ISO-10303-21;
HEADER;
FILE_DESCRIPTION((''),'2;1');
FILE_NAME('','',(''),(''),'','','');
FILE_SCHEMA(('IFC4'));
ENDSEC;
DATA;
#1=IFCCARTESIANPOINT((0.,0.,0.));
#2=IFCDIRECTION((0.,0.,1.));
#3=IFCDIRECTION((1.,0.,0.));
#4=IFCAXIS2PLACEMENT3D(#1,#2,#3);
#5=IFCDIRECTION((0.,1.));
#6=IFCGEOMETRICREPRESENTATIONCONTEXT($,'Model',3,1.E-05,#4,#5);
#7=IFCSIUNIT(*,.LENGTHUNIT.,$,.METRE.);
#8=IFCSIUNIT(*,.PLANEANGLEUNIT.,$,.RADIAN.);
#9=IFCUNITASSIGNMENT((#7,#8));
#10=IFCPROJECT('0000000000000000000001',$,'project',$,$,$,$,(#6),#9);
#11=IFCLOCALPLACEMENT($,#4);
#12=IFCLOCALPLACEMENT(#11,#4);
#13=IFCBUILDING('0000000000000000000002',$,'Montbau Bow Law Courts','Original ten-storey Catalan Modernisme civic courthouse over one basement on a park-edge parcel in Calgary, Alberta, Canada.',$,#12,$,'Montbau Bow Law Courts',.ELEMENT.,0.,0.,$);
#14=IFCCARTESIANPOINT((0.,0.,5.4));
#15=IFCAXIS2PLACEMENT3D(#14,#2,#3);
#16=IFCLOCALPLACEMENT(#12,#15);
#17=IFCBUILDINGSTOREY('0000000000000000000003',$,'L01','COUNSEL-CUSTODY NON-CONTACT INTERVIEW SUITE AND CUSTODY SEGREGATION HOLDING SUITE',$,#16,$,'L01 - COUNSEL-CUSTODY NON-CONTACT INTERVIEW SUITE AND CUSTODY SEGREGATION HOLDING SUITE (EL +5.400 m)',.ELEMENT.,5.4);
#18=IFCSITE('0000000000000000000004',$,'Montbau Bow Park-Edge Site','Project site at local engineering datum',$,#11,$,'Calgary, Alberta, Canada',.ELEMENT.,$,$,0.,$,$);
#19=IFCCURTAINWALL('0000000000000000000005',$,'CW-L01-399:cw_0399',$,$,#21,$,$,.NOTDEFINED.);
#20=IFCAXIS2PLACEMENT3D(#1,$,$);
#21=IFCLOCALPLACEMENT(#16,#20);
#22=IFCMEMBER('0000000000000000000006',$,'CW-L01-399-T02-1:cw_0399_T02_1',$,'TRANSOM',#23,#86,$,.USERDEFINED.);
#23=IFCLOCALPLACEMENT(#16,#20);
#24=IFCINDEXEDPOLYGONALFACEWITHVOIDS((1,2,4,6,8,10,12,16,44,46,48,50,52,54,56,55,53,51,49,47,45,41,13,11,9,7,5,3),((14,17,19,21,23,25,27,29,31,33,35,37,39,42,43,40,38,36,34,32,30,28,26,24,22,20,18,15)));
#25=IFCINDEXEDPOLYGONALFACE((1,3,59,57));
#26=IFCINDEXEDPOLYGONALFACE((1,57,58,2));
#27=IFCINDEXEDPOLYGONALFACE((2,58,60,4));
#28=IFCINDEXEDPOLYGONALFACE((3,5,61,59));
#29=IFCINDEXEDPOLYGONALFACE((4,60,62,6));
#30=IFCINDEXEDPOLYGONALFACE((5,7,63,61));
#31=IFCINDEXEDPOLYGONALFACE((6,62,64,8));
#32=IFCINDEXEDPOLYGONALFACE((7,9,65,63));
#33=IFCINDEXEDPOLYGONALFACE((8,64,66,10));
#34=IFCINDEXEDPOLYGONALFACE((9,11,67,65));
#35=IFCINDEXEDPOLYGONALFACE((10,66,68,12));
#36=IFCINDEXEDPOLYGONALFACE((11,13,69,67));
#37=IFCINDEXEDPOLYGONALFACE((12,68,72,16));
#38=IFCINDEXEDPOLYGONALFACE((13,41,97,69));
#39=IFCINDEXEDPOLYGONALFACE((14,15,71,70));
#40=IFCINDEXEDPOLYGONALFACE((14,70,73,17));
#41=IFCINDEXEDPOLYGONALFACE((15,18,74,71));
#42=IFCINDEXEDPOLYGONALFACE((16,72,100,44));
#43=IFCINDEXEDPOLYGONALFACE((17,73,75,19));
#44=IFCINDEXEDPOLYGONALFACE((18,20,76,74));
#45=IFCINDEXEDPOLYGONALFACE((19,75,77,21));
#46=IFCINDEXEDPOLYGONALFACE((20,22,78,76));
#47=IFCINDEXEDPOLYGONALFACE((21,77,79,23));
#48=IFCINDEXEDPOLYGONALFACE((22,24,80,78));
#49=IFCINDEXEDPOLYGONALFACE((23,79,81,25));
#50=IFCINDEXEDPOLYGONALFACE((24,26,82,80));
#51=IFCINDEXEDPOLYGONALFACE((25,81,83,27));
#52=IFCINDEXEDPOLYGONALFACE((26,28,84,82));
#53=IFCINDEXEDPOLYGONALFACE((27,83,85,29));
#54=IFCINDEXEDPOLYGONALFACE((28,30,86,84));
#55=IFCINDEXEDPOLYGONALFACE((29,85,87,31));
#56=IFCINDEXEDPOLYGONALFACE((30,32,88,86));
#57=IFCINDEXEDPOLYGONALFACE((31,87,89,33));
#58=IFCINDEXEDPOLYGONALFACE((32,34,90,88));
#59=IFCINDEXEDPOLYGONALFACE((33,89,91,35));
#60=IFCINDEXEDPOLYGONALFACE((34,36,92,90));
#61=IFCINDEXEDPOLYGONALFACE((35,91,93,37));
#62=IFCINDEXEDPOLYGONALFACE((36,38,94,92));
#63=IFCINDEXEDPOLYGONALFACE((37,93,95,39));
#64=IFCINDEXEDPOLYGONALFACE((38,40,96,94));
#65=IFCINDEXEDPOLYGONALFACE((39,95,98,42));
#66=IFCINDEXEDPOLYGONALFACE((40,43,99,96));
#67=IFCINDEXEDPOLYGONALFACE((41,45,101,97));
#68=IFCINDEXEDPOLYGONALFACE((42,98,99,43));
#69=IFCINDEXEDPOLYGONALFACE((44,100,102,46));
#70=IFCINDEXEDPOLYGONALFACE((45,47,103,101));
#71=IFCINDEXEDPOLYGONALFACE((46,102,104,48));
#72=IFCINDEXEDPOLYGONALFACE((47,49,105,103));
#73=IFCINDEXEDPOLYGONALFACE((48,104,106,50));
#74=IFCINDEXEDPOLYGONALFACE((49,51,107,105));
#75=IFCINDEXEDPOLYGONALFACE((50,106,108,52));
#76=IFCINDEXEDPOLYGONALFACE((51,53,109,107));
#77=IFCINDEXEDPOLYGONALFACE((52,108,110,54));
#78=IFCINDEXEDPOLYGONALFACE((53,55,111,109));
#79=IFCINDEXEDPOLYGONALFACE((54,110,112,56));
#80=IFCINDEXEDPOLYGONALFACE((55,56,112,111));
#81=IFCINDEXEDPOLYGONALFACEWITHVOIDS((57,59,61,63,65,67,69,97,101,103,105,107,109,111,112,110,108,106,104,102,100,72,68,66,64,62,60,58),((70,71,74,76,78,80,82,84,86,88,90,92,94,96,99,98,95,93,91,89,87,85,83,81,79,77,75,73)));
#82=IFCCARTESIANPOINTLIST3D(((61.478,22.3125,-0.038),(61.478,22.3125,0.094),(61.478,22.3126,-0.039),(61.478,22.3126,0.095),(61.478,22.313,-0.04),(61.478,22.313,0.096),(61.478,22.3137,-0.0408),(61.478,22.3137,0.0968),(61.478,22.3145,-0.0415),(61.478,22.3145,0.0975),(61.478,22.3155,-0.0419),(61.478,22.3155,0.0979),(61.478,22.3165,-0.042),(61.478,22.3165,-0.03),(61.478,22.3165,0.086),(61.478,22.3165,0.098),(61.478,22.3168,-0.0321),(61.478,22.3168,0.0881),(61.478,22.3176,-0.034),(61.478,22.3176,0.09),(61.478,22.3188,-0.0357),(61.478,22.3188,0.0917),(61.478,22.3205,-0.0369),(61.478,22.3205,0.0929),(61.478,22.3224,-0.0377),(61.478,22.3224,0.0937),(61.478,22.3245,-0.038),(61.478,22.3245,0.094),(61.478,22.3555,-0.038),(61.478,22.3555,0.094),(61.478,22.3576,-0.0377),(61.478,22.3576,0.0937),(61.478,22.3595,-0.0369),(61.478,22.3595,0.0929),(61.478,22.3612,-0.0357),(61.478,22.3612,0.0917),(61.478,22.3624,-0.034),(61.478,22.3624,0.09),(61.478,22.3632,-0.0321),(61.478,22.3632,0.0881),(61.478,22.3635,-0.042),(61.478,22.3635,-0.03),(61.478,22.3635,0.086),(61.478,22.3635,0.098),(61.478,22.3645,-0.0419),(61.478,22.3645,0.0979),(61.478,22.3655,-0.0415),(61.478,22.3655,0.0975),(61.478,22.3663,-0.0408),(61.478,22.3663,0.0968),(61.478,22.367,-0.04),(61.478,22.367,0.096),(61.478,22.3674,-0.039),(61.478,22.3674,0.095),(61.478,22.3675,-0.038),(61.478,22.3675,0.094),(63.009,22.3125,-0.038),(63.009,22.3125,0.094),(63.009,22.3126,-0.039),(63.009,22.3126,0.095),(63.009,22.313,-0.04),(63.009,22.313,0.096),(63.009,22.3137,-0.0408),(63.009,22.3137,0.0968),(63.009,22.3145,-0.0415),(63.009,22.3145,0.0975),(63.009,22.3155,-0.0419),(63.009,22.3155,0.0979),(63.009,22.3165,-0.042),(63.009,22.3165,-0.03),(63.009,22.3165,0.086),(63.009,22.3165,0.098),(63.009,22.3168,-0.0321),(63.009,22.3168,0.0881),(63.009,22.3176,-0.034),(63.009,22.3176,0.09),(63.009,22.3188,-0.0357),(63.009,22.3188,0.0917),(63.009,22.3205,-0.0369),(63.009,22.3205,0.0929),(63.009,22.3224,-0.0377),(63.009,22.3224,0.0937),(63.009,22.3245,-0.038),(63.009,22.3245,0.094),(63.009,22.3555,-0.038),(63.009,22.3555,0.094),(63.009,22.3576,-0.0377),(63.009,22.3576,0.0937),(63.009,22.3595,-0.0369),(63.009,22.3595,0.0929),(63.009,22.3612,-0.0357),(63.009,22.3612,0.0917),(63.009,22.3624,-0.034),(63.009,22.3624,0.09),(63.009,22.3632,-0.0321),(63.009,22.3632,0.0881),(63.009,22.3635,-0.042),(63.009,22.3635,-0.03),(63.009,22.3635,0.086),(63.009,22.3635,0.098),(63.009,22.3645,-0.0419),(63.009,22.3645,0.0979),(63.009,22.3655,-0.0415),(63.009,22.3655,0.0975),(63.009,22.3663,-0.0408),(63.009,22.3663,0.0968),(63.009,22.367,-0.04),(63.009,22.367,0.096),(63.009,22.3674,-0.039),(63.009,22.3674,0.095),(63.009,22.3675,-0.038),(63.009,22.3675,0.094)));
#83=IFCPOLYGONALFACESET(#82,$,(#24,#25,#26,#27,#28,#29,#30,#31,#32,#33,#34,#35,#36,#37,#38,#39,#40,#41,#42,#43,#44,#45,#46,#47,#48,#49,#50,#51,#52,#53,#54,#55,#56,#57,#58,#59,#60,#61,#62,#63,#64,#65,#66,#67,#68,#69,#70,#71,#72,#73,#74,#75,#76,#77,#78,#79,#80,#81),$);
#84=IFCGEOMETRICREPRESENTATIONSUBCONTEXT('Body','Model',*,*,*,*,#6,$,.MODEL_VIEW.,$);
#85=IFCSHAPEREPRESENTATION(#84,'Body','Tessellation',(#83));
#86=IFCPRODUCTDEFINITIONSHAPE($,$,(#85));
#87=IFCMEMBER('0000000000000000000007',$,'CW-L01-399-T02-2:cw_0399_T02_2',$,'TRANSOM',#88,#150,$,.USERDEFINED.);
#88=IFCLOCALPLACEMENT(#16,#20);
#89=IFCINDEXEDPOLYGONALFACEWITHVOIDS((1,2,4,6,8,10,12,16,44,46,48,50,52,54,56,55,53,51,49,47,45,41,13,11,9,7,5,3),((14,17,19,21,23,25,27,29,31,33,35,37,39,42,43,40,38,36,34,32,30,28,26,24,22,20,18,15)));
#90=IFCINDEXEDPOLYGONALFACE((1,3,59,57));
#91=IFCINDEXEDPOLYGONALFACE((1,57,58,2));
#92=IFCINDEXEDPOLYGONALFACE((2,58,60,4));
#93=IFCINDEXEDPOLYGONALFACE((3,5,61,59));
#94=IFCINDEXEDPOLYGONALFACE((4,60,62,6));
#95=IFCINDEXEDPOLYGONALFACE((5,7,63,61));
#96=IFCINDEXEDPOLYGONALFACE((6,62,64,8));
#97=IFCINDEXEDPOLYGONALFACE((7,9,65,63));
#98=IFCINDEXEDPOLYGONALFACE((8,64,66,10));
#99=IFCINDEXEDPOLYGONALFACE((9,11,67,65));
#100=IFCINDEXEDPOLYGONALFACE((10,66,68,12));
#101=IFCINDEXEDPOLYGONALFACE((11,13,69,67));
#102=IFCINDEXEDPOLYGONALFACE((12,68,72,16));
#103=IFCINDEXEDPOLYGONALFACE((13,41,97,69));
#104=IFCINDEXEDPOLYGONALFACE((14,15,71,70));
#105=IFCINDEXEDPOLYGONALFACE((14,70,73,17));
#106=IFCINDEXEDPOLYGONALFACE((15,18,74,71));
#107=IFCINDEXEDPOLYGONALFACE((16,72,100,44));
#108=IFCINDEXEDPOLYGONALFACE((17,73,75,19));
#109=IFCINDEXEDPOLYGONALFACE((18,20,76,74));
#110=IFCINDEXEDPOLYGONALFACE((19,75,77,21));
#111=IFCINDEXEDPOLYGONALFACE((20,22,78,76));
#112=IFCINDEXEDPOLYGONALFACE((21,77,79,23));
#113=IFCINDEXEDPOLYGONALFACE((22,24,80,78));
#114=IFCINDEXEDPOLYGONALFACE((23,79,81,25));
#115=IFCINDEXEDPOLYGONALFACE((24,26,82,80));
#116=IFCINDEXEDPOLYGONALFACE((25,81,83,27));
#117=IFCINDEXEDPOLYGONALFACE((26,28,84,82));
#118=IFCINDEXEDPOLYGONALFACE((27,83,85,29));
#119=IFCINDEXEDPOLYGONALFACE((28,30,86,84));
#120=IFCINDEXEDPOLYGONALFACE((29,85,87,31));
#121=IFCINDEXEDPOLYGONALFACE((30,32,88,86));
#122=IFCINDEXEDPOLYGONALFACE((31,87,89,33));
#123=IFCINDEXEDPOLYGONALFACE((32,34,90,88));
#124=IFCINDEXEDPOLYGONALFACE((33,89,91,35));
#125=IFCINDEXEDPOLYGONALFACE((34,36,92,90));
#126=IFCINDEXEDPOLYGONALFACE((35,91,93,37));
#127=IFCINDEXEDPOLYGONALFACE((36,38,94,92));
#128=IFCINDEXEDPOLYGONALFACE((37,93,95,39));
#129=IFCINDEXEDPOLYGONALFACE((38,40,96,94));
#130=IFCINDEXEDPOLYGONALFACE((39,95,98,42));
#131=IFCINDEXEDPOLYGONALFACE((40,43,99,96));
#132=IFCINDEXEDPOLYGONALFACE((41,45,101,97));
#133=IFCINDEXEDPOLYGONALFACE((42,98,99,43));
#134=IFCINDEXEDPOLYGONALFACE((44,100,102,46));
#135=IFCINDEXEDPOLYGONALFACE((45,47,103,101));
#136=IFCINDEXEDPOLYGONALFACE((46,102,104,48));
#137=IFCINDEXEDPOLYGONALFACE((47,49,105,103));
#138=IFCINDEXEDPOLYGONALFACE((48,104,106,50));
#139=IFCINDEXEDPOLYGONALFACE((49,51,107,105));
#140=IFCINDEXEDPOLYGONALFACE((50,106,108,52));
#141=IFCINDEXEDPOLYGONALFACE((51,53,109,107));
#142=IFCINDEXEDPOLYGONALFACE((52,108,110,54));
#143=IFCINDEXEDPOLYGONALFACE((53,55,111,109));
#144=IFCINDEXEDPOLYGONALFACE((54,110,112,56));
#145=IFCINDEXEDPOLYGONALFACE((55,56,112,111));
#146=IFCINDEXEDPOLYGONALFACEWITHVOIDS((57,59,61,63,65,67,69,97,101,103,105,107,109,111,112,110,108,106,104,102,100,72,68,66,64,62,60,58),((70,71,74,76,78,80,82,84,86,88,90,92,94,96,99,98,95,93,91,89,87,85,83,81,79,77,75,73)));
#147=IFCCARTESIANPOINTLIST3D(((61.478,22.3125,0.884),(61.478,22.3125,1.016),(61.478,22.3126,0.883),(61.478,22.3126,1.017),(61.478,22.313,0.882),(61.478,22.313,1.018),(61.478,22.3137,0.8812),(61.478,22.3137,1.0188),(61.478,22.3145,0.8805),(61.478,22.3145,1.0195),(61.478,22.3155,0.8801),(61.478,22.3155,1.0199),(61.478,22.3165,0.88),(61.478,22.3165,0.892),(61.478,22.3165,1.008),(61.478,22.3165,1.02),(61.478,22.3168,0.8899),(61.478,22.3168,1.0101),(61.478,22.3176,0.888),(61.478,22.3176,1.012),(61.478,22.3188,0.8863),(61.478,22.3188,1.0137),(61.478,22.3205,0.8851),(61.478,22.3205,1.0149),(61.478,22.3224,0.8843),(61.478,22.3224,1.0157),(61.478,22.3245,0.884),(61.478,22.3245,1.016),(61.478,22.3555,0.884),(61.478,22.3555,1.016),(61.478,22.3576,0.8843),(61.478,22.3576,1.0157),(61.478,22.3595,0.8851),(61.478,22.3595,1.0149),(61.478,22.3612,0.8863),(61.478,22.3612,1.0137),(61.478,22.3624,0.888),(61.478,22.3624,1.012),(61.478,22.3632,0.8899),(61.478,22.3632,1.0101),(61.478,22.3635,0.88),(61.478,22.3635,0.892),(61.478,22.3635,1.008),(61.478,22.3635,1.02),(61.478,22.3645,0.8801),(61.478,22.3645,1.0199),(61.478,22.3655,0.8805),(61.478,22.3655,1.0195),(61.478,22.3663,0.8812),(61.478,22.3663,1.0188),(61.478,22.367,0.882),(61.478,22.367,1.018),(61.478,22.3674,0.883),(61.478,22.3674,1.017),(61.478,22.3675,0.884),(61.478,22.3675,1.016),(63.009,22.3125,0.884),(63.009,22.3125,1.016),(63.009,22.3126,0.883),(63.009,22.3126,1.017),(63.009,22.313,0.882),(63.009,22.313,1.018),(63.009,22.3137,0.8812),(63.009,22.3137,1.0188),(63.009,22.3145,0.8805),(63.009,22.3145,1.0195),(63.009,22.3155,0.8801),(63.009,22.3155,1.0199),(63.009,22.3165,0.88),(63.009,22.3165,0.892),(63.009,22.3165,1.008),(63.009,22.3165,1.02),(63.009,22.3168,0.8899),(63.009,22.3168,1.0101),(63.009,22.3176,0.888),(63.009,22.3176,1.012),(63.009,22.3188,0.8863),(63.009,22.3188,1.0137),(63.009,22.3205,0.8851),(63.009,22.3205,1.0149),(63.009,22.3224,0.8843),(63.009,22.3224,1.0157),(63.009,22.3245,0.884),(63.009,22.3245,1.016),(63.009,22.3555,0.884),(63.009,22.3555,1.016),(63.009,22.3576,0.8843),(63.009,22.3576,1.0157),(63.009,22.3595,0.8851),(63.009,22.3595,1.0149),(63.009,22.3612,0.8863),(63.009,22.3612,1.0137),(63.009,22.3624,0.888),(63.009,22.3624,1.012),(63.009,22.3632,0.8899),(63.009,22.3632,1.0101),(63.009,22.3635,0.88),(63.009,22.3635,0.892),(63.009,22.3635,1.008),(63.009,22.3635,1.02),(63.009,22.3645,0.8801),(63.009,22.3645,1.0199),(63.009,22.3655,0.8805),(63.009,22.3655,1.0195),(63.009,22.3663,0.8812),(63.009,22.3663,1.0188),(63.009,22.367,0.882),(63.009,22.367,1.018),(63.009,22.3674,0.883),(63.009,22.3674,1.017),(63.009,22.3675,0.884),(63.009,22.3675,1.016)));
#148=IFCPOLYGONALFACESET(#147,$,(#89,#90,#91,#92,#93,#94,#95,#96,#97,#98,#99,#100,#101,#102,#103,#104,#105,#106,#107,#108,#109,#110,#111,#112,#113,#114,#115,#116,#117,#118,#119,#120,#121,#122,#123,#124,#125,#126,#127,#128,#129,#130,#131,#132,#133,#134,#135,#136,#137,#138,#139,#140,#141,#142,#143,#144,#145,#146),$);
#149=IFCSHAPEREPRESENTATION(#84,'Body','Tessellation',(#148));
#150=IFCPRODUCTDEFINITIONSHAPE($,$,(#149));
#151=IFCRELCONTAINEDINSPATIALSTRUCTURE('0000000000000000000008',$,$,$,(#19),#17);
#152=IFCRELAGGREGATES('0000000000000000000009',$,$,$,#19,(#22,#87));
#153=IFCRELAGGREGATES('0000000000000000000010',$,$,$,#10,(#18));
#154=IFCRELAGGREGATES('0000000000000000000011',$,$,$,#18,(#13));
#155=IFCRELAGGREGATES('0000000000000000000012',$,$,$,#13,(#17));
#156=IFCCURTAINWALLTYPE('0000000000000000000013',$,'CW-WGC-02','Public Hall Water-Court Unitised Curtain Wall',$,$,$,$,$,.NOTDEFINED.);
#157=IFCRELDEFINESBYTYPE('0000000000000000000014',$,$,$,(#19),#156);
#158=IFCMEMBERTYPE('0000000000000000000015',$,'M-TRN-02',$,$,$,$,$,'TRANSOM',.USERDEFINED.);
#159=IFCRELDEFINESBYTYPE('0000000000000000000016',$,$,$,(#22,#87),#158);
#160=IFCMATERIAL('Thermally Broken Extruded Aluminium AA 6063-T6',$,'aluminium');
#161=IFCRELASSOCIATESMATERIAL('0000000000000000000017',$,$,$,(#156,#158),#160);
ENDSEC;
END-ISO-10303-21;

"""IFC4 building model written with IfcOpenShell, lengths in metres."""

from ifc_helpers import new_model, si_unit, direction, frame, origin_with_axes, origin_2d_with_axis, place, context, subcontext, project, spatial, hollow_rectangle, extrude, material, material_profile, profile_set, type_object, element, aggregate, save


model = new_model("IFC4")

# Units and contexts
model_context = context("Model", 3, precision=1e-05, world=origin_with_axes(), true_north=direction((0.0, 1.0)))
body_context = subcontext(model_context, "Body", "Model", "MODEL_VIEW")
ifc_project = project(units=[si_unit("LENGTHUNIT", "METRE"), si_unit("PLANEANGLEUNIT", "RADIAN")], contexts=[model_context])

# Site, building, storey
site_placement = place(None, origin_with_axes())
site = spatial("IfcSite", under=ifc_project, at=site_placement, Name="Montbau Bow Park-Edge Site", Description="Project site at local engineering datum", LongName="Calgary, Alberta, Canada", CompositionType="ELEMENT", RefElevation=0.0)
building_placement = place(site_placement, origin_with_axes())
building = spatial("IfcBuilding", under=site, at=building_placement, Name="Montbau Bow Law Courts", Description="Original ten-storey Catalan Modernisme civic courthouse over one basement on a park-edge parcel in Calgary, Alberta, Canada.", LongName="Montbau Bow Law Courts", CompositionType="ELEMENT", ElevationOfRefHeight=0.0, ElevationOfTerrain=0.0)
storey_placement = place(building_placement, frame((0.0, 0.0, 5.4), z_axis=(0.0, 0.0, 1.0), x_axis=(1.0, 0.0, 0.0)))
storey = spatial("IfcBuildingStorey", under=building, at=storey_placement, Name="L01", Description="COUNSEL-CUSTODY NON-CONTACT INTERVIEW SUITE AND CUSTODY SEGREGATION HOLDING SUITE", LongName="L01 - COUNSEL-CUSTODY NON-CONTACT INTERVIEW SUITE AND CUSTODY SEGREGATION HOLDING SUITE (EL +5.400 m)", CompositionType="ELEMENT", Elevation=5.4)

# Curtain wall
ifc_material_1 = material(Name="Thermally Broken Extruded Aluminium AA 6063-T6", Category="aluminium")
curtain_wall_type_1 = type_object("IfcCurtainWallType", Name="CW-WGC-02", Description="Public Hall Water-Court Unitised Curtain Wall", PredefinedType="NOTDEFINED", material=ifc_material_1)
curtain_wall_1_placement = place(None, frame((59.79, 22.34, 5.4), z_axis=(0.0, 0.0, 1.0), x_axis=(1.0, 0.0, 0.0)))
curtain_wall_1 = element("IfcCurtainWall", 1, at=curtain_wall_1_placement, inside=storey, type_object=curtain_wall_type_1, Name="CW-L01-399:cw_0399", PredefinedType="NOTDEFINED")

# Members
ifc_material_profile_1 = material_profile(ifc_material_1, hollow_rectangle(XDim=0.055, YDim=0.14, WallThickness=0.004, InnerFilletRadius=0.008, OuterFilletRadius=0.004, at=origin_2d_with_axis()), Name="CWT-140X55", Category="Main", Priority=0)
ifc_profile_set_1 = profile_set([ifc_material_profile_1], Name="Thermally Broken Extruded Aluminium AA 6063-T6")
member_type_1 = type_object("IfcMemberType", Name="M-TRN-02", ElementType="TRANSOM", PredefinedType="USERDEFINED", material=ifc_profile_set_1)
member_1_placement = place(None, frame((61.478, 22.34, 5.428), z_axis=(1.0, 0.0, 0.0), x_axis=(0.0, 1.0, 0.0)))
member_1 = element("IfcMember", 2, at=member_1_placement, type_object=member_type_1, Name="CW-L01-399-T02-1:cw_0399_T02_1", ObjectType="TRANSOM", PredefinedType="USERDEFINED", context=body_context, shape_type="SweptSolid", body=[
    extrude(hollow_rectangle(XDim=0.055, YDim=0.14, WallThickness=0.004, InnerFilletRadius=0.008, OuterFilletRadius=0.004, at=origin_2d_with_axis()), origin_with_axes(), (0.0, 0.0, 1.0), 1.531),
])
member_2_placement = place(None, frame((61.478, 22.34, 6.35), z_axis=(1.0, 0.0, 0.0), x_axis=(0.0, 1.0, 0.0)))
member_2 = element("IfcMember", 3, at=member_2_placement, type_object=member_type_1, Name="CW-L01-399-T02-2:cw_0399_T02_2", ObjectType="TRANSOM", PredefinedType="USERDEFINED", context=body_context, shape_type="SweptSolid", body=[
    extrude(hollow_rectangle(XDim=0.055, YDim=0.14, WallThickness=0.004, InnerFilletRadius=0.008, OuterFilletRadius=0.004, at=origin_2d_with_axis()), origin_with_axes(), (0.0, 0.0, 1.0), 1.531),
])

aggregate(curtain_wall_1, [member_1, member_2])

save(model, "model.ifc")
